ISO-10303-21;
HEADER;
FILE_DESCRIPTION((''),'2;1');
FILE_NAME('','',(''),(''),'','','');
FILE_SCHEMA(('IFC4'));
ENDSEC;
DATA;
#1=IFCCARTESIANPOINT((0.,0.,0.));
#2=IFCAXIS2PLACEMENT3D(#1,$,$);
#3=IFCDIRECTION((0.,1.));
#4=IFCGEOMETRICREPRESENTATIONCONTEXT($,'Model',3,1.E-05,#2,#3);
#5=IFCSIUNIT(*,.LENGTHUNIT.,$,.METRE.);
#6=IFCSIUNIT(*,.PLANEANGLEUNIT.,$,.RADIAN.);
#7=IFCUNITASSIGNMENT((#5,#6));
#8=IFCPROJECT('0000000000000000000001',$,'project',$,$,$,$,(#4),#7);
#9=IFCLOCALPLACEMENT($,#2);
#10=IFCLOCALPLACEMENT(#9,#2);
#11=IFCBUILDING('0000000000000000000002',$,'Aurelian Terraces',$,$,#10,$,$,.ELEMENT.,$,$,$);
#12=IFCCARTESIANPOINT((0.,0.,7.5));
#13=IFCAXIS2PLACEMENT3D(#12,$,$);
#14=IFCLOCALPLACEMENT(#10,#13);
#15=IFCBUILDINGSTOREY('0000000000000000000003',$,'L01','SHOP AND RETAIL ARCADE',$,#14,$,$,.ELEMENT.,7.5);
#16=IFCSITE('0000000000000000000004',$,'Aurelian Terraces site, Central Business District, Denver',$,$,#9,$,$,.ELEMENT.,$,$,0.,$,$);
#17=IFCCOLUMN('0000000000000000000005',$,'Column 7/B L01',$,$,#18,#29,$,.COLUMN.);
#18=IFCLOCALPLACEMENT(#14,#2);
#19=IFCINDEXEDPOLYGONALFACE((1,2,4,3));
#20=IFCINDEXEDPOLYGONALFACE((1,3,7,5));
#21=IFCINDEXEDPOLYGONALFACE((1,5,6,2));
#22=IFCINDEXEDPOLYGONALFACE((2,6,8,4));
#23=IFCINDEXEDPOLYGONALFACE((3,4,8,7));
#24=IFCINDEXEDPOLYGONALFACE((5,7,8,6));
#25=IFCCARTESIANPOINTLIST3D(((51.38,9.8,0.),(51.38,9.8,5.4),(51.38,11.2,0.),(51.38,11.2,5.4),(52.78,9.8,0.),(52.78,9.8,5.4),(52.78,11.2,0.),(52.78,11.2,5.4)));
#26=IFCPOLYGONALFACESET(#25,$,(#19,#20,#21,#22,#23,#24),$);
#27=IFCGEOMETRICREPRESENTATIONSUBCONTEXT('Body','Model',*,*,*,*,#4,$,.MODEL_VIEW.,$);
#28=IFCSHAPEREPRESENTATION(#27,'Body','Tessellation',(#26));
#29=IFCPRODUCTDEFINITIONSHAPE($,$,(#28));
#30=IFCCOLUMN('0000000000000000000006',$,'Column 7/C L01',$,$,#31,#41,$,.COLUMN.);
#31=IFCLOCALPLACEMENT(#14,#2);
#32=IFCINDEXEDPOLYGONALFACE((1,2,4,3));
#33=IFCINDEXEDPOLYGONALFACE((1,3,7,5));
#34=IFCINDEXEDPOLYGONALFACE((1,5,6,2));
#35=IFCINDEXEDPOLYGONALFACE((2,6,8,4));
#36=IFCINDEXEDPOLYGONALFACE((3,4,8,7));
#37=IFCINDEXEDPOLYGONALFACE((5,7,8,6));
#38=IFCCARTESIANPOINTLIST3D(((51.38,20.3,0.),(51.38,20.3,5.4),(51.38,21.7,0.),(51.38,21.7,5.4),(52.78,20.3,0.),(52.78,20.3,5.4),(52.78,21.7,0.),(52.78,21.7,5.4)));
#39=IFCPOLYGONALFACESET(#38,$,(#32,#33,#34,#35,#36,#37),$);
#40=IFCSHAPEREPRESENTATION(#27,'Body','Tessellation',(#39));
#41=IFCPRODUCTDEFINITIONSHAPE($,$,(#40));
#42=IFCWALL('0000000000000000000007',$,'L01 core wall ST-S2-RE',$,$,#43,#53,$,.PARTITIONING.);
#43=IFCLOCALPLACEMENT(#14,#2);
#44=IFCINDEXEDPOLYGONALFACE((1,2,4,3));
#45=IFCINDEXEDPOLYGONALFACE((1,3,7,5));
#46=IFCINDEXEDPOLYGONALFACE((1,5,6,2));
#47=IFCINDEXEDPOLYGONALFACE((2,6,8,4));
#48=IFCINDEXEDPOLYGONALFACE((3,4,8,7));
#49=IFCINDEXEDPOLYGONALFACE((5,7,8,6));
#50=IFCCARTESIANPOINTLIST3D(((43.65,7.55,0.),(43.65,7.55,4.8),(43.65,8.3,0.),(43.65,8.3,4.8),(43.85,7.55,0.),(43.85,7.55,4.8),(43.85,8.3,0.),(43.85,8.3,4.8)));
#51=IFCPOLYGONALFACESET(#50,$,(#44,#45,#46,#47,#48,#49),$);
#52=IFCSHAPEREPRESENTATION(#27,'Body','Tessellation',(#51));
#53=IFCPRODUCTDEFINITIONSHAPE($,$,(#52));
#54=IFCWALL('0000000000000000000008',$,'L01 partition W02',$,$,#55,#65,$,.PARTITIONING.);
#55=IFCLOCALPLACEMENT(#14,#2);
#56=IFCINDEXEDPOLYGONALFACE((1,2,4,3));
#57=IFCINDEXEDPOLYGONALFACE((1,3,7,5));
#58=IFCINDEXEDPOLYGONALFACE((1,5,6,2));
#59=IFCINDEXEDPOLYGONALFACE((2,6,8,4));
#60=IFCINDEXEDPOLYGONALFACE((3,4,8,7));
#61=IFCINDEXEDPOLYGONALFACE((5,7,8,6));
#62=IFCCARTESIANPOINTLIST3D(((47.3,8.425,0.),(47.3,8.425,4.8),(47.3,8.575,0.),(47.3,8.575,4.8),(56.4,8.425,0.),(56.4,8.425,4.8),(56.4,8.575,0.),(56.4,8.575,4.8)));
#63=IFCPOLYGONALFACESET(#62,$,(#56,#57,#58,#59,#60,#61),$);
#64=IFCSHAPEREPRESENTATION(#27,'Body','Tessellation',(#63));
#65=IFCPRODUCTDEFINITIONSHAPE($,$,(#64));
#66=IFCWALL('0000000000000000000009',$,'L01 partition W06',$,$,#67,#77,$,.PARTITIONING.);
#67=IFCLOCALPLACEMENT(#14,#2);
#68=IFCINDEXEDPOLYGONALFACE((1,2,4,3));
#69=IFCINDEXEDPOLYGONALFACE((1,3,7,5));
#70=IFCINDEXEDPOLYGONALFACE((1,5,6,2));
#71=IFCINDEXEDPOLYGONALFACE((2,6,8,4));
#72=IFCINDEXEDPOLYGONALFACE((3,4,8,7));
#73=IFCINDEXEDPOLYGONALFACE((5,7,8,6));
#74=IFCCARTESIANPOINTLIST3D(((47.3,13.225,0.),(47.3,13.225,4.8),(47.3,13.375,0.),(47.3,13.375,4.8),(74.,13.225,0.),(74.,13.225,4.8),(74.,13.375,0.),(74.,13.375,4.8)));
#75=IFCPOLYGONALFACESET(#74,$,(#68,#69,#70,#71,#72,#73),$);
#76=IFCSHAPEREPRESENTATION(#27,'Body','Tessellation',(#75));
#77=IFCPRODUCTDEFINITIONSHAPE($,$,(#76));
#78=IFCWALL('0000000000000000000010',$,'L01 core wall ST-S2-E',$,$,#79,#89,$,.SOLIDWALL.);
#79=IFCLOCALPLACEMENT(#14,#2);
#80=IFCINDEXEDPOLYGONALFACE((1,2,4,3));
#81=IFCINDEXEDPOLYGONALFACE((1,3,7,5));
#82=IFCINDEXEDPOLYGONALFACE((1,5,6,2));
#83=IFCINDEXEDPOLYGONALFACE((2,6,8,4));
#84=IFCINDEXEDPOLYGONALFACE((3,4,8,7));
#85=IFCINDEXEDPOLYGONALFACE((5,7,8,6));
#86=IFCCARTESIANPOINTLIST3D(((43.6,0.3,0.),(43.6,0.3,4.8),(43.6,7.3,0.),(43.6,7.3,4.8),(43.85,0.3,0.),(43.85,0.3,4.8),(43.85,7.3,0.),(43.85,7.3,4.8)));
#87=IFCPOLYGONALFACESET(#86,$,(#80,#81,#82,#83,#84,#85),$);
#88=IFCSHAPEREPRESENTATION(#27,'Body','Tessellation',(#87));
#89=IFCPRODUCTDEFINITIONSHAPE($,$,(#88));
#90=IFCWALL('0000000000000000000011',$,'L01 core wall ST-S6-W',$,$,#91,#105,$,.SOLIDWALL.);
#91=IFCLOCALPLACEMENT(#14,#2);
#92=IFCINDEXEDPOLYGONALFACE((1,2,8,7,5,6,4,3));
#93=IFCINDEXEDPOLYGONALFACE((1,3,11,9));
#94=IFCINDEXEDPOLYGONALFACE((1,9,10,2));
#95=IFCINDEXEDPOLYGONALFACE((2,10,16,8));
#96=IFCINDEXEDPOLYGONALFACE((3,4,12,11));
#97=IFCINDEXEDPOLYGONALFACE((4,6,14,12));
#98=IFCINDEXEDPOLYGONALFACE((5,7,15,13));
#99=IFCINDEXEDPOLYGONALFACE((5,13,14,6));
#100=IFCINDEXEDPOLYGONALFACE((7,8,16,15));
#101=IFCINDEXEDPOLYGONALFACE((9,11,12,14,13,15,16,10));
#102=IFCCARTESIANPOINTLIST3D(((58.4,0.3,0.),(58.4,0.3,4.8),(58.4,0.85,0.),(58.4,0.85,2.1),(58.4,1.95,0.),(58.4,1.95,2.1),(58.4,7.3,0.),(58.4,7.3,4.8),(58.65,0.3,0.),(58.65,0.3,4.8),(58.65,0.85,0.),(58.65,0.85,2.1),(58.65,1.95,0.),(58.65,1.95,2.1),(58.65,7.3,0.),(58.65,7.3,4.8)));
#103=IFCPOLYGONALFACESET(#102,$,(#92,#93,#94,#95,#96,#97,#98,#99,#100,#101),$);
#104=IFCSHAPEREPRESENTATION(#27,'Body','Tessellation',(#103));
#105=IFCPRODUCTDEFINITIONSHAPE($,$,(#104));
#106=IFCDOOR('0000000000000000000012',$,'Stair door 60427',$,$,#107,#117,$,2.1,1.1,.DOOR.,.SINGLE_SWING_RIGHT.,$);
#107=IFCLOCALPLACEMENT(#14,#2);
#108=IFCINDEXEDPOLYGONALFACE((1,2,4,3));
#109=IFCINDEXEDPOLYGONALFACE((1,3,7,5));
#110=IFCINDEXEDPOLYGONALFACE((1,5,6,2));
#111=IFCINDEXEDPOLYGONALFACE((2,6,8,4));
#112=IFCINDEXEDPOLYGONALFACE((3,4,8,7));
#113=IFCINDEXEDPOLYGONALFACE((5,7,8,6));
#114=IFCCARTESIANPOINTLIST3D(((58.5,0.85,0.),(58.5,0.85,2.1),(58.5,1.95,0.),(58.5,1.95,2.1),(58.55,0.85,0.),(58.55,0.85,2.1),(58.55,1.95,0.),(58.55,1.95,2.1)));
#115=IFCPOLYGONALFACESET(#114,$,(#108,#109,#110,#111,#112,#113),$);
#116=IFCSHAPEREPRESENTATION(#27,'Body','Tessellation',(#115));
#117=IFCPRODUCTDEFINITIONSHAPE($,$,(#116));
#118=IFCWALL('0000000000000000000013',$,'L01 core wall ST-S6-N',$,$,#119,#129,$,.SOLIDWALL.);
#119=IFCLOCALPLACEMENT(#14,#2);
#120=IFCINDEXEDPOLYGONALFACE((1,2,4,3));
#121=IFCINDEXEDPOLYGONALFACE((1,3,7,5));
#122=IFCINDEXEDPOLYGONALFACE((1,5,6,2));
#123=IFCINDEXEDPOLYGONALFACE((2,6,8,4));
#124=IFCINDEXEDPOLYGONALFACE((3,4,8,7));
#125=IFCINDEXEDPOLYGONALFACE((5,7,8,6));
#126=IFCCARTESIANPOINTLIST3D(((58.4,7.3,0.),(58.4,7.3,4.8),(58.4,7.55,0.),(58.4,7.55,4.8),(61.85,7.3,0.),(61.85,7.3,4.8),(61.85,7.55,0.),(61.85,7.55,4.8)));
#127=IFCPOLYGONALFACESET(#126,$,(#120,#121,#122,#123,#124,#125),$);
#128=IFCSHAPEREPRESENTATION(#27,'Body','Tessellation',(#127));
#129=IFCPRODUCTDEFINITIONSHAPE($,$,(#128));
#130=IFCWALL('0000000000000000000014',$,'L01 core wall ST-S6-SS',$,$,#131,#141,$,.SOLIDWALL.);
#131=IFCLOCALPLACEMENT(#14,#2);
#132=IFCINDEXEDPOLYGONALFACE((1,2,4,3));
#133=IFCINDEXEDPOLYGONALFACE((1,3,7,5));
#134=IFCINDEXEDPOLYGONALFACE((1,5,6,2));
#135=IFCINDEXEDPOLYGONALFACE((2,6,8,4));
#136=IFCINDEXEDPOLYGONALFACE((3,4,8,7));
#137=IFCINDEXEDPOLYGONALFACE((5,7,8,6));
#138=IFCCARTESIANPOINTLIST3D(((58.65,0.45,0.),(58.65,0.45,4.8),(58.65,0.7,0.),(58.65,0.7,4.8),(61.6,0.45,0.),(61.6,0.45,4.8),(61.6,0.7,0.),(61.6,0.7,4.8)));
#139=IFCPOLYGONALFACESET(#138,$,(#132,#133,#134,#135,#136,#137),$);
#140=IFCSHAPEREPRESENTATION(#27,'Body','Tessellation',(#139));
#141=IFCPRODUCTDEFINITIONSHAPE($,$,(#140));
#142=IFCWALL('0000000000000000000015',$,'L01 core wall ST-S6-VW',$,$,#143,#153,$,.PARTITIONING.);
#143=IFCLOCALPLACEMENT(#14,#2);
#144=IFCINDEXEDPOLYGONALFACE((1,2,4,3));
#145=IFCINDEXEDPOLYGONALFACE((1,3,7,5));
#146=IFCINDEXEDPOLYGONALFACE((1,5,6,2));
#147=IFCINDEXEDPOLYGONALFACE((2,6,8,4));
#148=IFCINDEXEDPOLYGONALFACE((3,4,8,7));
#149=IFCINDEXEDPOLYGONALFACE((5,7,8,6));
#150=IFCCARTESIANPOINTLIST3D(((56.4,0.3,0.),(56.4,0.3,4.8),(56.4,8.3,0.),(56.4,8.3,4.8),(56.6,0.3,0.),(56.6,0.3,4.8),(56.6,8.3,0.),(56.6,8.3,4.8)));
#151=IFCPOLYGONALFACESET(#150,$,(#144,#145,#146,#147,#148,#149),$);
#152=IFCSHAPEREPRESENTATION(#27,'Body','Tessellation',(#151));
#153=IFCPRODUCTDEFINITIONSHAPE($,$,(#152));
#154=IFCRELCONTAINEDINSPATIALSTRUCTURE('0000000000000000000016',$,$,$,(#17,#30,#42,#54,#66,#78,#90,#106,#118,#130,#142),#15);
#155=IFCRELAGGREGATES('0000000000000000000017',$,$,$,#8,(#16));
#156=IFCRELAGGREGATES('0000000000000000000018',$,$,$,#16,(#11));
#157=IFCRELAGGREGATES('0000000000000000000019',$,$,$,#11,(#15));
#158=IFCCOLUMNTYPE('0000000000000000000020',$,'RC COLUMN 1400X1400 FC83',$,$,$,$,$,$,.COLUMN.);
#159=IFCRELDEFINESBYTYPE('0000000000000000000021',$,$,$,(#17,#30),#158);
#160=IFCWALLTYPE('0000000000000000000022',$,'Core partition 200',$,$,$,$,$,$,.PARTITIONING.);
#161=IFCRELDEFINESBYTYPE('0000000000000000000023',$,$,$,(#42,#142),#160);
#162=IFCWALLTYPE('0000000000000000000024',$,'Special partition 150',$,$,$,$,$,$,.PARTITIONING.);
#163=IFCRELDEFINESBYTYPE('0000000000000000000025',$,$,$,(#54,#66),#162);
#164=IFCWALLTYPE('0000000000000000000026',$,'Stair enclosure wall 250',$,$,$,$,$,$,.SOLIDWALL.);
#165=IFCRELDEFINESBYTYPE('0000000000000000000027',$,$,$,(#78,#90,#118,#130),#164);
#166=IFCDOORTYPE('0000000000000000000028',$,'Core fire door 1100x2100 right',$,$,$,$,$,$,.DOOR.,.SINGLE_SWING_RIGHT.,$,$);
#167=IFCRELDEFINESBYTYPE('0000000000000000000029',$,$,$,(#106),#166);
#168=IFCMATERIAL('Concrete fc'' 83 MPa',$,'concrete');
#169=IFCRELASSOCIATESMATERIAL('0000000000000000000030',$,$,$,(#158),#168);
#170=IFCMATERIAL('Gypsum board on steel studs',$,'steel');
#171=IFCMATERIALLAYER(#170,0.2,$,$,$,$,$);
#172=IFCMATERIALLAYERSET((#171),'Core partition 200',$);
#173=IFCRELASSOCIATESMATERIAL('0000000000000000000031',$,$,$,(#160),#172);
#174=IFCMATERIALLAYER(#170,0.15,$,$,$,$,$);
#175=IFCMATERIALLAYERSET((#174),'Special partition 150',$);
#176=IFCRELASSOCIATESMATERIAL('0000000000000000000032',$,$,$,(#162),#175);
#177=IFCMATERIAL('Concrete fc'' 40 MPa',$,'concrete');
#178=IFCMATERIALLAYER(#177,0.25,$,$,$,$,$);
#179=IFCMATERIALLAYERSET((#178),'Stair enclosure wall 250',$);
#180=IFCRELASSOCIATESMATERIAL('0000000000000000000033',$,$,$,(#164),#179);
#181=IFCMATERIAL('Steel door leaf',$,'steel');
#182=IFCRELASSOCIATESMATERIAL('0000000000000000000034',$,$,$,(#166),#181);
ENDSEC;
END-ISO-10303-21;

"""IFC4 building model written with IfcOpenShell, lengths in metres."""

from ifc_helpers import new_model, si_unit, direction, frame, frame_2d, origin, origin_2d, place, context, subcontext, project, spatial, rectangle, extrude, source, transform, mapped, material, layer, layer_set, material_profile, profile_set, type_object, element, fill, save


model = new_model("IFC4")

# Units and contexts
model_context = context("Model", 3, precision=1e-05, world=origin(), true_north=direction((0.0, 1.0)))
body_context = subcontext(model_context, "Body", "Model", "MODEL_VIEW")
ifc_project = project(units=[si_unit("LENGTHUNIT", "METRE"), si_unit("PLANEANGLEUNIT", "RADIAN")], contexts=[model_context])

# Site, building, storey
site_placement = place(None, origin())
site = spatial("IfcSite", under=ifc_project, at=site_placement, Name="Aurelian Terraces site, Central Business District, Denver", CompositionType="ELEMENT", RefElevation=0.0)
building_placement = place(site_placement, origin())
building = spatial("IfcBuilding", under=site, at=building_placement, Name="Aurelian Terraces", CompositionType="ELEMENT")
storey_placement = place(building_placement, frame((0.0, 0.0, 7.5)))
storey = spatial("IfcBuildingStorey", under=building, at=storey_placement, Name="L01", Description="SHOP AND RETAIL ARCADE", CompositionType="ELEMENT", Elevation=7.5)

# Columns
ifc_material_1 = material(Name="Concrete fc' 83 MPa", Category="concrete")
ifc_material_profile = material_profile(ifc_material_1, rectangle(XDim=1.4, YDim=1.4, at=origin_2d()))
ifc_profile_set = profile_set([ifc_material_profile], Name="Concrete fc' 83 MPa")
column_type = type_object("IfcColumnType", Name="RC COLUMN 1400X1400 FC83", PredefinedType="COLUMN", material=ifc_profile_set)
shared_shape_1 = source(origin(), body_context, "Body", "SweptSolid", [
    extrude(rectangle(XDim=1.4, YDim=1.4, at=origin_2d()), origin(), (0.0, 0.0, 1.0), 5.4),
])
for number, where, z_axis, x_axis, name in (
    (1, (52.08, 10.5, 0.0), (0.0, 0.0, 1.0), (1.0, 0.0, 0.0), "Column 7/B L01"),
    (2, (52.08, 21.0, 0.0), (0.0, 0.0, 1.0), (1.0, 0.0, 0.0), "Column 7/C L01"),
):
    element("IfcColumn", number, at=place(storey_placement, frame(where, z_axis=z_axis, x_axis=x_axis)), inside=storey, type_object=column_type, Name=name, PredefinedType="COLUMN", context=body_context, shape_type="MappedRepresentation", body=[
        mapped(shared_shape_1, transform((0.0, 0.0, 0.0), scale=1.0)),
    ])

# Walls
ifc_material_2 = material(Name="Gypsum board on steel studs", Category="steel")
ifc_layer_1 = layer(ifc_material_2, 0.2)
ifc_layer_set_1 = layer_set([ifc_layer_1], Name="Core partition 200")
wall_type_1 = type_object("IfcWallType", Name="Core partition 200", PredefinedType="PARTITIONING", material=ifc_layer_set_1)
wall_1_placement = place(storey_placement, frame((43.75, 7.55, 0.0), z_axis=(0.0, 0.0, 1.0), x_axis=(0.0, 1.0, 0.0)))
element("IfcWall", 3, at=wall_1_placement, inside=storey, type_object=wall_type_1, Name="L01 core wall ST-S2-RE", PredefinedType="PARTITIONING", context=body_context, shape_type="SweptSolid", body=[
    extrude(rectangle(XDim=0.75, YDim=0.2, at=frame_2d((0.375, 0.0))), origin(), (0.0, 0.0, 1.0), 4.8),
])
ifc_layer_2 = layer(ifc_material_2, 0.15)
ifc_layer_set_2 = layer_set([ifc_layer_2], Name="Special partition 150")
wall_type_2 = type_object("IfcWallType", Name="Special partition 150", PredefinedType="PARTITIONING", material=ifc_layer_set_2)
wall_2_placement = place(storey_placement, frame((47.3, 8.5, 0.0), z_axis=(0.0, 0.0, 1.0), x_axis=(1.0, 0.0, 0.0)))
element("IfcWall", 4, at=wall_2_placement, inside=storey, type_object=wall_type_2, Name="L01 partition W02", PredefinedType="PARTITIONING", context=body_context, shape_type="SweptSolid", body=[
    extrude(rectangle(XDim=9.1, YDim=0.15, at=frame_2d((4.55, 0.0))), origin(), (0.0, 0.0, 1.0), 4.8),
])
wall_3_placement = place(storey_placement, frame((47.3, 13.3, 0.0), z_axis=(0.0, 0.0, 1.0), x_axis=(1.0, 0.0, 0.0)))
element("IfcWall", 5, at=wall_3_placement, inside=storey, type_object=wall_type_2, Name="L01 partition W06", PredefinedType="PARTITIONING", context=body_context, shape_type="SweptSolid", body=[
    extrude(rectangle(XDim=26.7, YDim=0.15, at=frame_2d((13.35, 0.0))), origin(), (0.0, 0.0, 1.0), 4.8),
])
ifc_material_3 = material(Name="Concrete fc' 40 MPa", Category="concrete")
ifc_layer_3 = layer(ifc_material_3, 0.25)
ifc_layer_set_3 = layer_set([ifc_layer_3], Name="Stair enclosure wall 250")
wall_type_3 = type_object("IfcWallType", Name="Stair enclosure wall 250", PredefinedType="SOLIDWALL", material=ifc_layer_set_3)
shared_shape_2 = source(origin(), body_context, "Body", "SweptSolid", [
    extrude(rectangle(XDim=7.0, YDim=0.25, at=frame_2d((3.5, 0.0))), origin(), (0.0, 0.0, 1.0), 4.8),
])
wall_4_placement = place(storey_placement, frame((43.725, 0.3, 0.0), z_axis=(0.0, 0.0, 1.0), x_axis=(0.0, 1.0, 0.0)))
element("IfcWall", 6, at=wall_4_placement, inside=storey, type_object=wall_type_3, Name="L01 core wall ST-S2-E", PredefinedType="SOLIDWALL", context=body_context, shape_type="MappedRepresentation", body=[
    mapped(shared_shape_2, transform((0.0, 0.0, 0.0), scale=1.0)),
])

# Wall, opening, door
wall_5_placement = place(storey_placement, frame((58.525, 0.3, 0.0), z_axis=(0.0, 0.0, 1.0), x_axis=(0.0, 1.0, 0.0)))
wall_5 = element("IfcWall", 7, at=wall_5_placement, inside=storey, type_object=wall_type_3, Name="L01 core wall ST-S6-W", PredefinedType="SOLIDWALL", context=body_context, shape_type="MappedRepresentation", body=[
    mapped(shared_shape_2, transform((0.0, 0.0, 0.0), scale=1.0)),
])
shared_shape_3 = source(origin(), body_context, "Body", "SweptSolid", [
    extrude(rectangle(XDim=1.1, YDim=2.1, at=frame_2d((0.55, 1.05))), frame((0.0, 0.135, 0.0), z_axis=(0.0, -1.0, 0.0), x_axis=(1.0, 0.0, 0.0)), (0.0, 0.0, 1.0), 0.27),
])
opening_1_placement = place(wall_5_placement, frame((0.55, 0.0, 0.0)))
opening_1 = element("IfcOpeningElement", 8, at=opening_1_placement, cuts=wall_5, PredefinedType="OPENING", context=body_context, shape_type="MappedRepresentation", body=[
    mapped(shared_shape_3, transform((0.0, 0.0, 0.0), scale=1.0)),
])
ifc_material_4 = material(Name="Steel door leaf", Category="steel")
door_type_1 = type_object("IfcDoorType", Name="Core fire door 1100x2100 right", OperationType="SINGLE_SWING_RIGHT", PredefinedType="DOOR", material=ifc_material_4)
shared_shape_4 = source(origin(), body_context, "Body", "SweptSolid", [
    extrude(rectangle(XDim=1.1, YDim=2.1, at=frame_2d((0.55, 1.05))), frame((0.0, 0.025, 0.0), z_axis=(0.0, -1.0, 0.0), x_axis=(1.0, 0.0, 0.0)), (0.0, 0.0, 1.0), 0.05),
])
door_1_placement = place(opening_1_placement, origin())
door_1 = element("IfcDoor", 9, at=door_1_placement, inside=storey, type_object=door_type_1, Name="Stair door 60427", OperationType="SINGLE_SWING_RIGHT", OverallHeight=2.1, OverallWidth=1.1, PredefinedType="DOOR", context=body_context, shape_type="MappedRepresentation", body=[
    mapped(shared_shape_4, transform((0.0, 0.0, 0.0), scale=1.0)),
])
fill(opening_1, door_1)

# Walls
shared_shape_5 = source(origin(), body_context, "Body", "SweptSolid", [
    extrude(rectangle(XDim=3.45, YDim=0.25, at=frame_2d((1.725, 0.0))), origin(), (0.0, 0.0, 1.0), 4.8),
])
wall_6_placement = place(storey_placement, frame((58.4, 7.425, 0.0), z_axis=(0.0, 0.0, 1.0), x_axis=(1.0, 0.0, 0.0)))
element("IfcWall", 10, at=wall_6_placement, inside=storey, type_object=wall_type_3, Name="L01 core wall ST-S6-N", PredefinedType="SOLIDWALL", context=body_context, shape_type="MappedRepresentation", body=[
    mapped(shared_shape_5, transform((0.0, 0.0, 0.0), scale=1.0)),
])
shared_shape_6 = source(origin(), body_context, "Body", "SweptSolid", [
    extrude(rectangle(XDim=2.95, YDim=0.25, at=frame_2d((1.475, 0.0))), origin(), (0.0, 0.0, 1.0), 4.8),
])
wall_7_placement = place(storey_placement, frame((58.65, 0.575, 0.0), z_axis=(0.0, 0.0, 1.0), x_axis=(1.0, 0.0, 0.0)))
element("IfcWall", 11, at=wall_7_placement, inside=storey, type_object=wall_type_3, Name="L01 core wall ST-S6-SS", PredefinedType="SOLIDWALL", context=body_context, shape_type="MappedRepresentation", body=[
    mapped(shared_shape_6, transform((0.0, 0.0, 0.0), scale=1.0)),
])
shared_shape_7 = source(origin(), body_context, "Body", "SweptSolid", [
    extrude(rectangle(XDim=8.0, YDim=0.2, at=frame_2d((4.0, 0.0))), origin(), (0.0, 0.0, 1.0), 4.8),
])
wall_8_placement = place(storey_placement, frame((56.5, 0.3, 0.0), z_axis=(0.0, 0.0, 1.0), x_axis=(0.0, 1.0, 0.0)))
element("IfcWall", 12, at=wall_8_placement, inside=storey, type_object=wall_type_1, Name="L01 core wall ST-S6-VW", PredefinedType="PARTITIONING", context=body_context, shape_type="MappedRepresentation", body=[
    mapped(shared_shape_7, transform((0.0, 0.0, 0.0), scale=1.0)),
])

save(model, "model.ifc")
